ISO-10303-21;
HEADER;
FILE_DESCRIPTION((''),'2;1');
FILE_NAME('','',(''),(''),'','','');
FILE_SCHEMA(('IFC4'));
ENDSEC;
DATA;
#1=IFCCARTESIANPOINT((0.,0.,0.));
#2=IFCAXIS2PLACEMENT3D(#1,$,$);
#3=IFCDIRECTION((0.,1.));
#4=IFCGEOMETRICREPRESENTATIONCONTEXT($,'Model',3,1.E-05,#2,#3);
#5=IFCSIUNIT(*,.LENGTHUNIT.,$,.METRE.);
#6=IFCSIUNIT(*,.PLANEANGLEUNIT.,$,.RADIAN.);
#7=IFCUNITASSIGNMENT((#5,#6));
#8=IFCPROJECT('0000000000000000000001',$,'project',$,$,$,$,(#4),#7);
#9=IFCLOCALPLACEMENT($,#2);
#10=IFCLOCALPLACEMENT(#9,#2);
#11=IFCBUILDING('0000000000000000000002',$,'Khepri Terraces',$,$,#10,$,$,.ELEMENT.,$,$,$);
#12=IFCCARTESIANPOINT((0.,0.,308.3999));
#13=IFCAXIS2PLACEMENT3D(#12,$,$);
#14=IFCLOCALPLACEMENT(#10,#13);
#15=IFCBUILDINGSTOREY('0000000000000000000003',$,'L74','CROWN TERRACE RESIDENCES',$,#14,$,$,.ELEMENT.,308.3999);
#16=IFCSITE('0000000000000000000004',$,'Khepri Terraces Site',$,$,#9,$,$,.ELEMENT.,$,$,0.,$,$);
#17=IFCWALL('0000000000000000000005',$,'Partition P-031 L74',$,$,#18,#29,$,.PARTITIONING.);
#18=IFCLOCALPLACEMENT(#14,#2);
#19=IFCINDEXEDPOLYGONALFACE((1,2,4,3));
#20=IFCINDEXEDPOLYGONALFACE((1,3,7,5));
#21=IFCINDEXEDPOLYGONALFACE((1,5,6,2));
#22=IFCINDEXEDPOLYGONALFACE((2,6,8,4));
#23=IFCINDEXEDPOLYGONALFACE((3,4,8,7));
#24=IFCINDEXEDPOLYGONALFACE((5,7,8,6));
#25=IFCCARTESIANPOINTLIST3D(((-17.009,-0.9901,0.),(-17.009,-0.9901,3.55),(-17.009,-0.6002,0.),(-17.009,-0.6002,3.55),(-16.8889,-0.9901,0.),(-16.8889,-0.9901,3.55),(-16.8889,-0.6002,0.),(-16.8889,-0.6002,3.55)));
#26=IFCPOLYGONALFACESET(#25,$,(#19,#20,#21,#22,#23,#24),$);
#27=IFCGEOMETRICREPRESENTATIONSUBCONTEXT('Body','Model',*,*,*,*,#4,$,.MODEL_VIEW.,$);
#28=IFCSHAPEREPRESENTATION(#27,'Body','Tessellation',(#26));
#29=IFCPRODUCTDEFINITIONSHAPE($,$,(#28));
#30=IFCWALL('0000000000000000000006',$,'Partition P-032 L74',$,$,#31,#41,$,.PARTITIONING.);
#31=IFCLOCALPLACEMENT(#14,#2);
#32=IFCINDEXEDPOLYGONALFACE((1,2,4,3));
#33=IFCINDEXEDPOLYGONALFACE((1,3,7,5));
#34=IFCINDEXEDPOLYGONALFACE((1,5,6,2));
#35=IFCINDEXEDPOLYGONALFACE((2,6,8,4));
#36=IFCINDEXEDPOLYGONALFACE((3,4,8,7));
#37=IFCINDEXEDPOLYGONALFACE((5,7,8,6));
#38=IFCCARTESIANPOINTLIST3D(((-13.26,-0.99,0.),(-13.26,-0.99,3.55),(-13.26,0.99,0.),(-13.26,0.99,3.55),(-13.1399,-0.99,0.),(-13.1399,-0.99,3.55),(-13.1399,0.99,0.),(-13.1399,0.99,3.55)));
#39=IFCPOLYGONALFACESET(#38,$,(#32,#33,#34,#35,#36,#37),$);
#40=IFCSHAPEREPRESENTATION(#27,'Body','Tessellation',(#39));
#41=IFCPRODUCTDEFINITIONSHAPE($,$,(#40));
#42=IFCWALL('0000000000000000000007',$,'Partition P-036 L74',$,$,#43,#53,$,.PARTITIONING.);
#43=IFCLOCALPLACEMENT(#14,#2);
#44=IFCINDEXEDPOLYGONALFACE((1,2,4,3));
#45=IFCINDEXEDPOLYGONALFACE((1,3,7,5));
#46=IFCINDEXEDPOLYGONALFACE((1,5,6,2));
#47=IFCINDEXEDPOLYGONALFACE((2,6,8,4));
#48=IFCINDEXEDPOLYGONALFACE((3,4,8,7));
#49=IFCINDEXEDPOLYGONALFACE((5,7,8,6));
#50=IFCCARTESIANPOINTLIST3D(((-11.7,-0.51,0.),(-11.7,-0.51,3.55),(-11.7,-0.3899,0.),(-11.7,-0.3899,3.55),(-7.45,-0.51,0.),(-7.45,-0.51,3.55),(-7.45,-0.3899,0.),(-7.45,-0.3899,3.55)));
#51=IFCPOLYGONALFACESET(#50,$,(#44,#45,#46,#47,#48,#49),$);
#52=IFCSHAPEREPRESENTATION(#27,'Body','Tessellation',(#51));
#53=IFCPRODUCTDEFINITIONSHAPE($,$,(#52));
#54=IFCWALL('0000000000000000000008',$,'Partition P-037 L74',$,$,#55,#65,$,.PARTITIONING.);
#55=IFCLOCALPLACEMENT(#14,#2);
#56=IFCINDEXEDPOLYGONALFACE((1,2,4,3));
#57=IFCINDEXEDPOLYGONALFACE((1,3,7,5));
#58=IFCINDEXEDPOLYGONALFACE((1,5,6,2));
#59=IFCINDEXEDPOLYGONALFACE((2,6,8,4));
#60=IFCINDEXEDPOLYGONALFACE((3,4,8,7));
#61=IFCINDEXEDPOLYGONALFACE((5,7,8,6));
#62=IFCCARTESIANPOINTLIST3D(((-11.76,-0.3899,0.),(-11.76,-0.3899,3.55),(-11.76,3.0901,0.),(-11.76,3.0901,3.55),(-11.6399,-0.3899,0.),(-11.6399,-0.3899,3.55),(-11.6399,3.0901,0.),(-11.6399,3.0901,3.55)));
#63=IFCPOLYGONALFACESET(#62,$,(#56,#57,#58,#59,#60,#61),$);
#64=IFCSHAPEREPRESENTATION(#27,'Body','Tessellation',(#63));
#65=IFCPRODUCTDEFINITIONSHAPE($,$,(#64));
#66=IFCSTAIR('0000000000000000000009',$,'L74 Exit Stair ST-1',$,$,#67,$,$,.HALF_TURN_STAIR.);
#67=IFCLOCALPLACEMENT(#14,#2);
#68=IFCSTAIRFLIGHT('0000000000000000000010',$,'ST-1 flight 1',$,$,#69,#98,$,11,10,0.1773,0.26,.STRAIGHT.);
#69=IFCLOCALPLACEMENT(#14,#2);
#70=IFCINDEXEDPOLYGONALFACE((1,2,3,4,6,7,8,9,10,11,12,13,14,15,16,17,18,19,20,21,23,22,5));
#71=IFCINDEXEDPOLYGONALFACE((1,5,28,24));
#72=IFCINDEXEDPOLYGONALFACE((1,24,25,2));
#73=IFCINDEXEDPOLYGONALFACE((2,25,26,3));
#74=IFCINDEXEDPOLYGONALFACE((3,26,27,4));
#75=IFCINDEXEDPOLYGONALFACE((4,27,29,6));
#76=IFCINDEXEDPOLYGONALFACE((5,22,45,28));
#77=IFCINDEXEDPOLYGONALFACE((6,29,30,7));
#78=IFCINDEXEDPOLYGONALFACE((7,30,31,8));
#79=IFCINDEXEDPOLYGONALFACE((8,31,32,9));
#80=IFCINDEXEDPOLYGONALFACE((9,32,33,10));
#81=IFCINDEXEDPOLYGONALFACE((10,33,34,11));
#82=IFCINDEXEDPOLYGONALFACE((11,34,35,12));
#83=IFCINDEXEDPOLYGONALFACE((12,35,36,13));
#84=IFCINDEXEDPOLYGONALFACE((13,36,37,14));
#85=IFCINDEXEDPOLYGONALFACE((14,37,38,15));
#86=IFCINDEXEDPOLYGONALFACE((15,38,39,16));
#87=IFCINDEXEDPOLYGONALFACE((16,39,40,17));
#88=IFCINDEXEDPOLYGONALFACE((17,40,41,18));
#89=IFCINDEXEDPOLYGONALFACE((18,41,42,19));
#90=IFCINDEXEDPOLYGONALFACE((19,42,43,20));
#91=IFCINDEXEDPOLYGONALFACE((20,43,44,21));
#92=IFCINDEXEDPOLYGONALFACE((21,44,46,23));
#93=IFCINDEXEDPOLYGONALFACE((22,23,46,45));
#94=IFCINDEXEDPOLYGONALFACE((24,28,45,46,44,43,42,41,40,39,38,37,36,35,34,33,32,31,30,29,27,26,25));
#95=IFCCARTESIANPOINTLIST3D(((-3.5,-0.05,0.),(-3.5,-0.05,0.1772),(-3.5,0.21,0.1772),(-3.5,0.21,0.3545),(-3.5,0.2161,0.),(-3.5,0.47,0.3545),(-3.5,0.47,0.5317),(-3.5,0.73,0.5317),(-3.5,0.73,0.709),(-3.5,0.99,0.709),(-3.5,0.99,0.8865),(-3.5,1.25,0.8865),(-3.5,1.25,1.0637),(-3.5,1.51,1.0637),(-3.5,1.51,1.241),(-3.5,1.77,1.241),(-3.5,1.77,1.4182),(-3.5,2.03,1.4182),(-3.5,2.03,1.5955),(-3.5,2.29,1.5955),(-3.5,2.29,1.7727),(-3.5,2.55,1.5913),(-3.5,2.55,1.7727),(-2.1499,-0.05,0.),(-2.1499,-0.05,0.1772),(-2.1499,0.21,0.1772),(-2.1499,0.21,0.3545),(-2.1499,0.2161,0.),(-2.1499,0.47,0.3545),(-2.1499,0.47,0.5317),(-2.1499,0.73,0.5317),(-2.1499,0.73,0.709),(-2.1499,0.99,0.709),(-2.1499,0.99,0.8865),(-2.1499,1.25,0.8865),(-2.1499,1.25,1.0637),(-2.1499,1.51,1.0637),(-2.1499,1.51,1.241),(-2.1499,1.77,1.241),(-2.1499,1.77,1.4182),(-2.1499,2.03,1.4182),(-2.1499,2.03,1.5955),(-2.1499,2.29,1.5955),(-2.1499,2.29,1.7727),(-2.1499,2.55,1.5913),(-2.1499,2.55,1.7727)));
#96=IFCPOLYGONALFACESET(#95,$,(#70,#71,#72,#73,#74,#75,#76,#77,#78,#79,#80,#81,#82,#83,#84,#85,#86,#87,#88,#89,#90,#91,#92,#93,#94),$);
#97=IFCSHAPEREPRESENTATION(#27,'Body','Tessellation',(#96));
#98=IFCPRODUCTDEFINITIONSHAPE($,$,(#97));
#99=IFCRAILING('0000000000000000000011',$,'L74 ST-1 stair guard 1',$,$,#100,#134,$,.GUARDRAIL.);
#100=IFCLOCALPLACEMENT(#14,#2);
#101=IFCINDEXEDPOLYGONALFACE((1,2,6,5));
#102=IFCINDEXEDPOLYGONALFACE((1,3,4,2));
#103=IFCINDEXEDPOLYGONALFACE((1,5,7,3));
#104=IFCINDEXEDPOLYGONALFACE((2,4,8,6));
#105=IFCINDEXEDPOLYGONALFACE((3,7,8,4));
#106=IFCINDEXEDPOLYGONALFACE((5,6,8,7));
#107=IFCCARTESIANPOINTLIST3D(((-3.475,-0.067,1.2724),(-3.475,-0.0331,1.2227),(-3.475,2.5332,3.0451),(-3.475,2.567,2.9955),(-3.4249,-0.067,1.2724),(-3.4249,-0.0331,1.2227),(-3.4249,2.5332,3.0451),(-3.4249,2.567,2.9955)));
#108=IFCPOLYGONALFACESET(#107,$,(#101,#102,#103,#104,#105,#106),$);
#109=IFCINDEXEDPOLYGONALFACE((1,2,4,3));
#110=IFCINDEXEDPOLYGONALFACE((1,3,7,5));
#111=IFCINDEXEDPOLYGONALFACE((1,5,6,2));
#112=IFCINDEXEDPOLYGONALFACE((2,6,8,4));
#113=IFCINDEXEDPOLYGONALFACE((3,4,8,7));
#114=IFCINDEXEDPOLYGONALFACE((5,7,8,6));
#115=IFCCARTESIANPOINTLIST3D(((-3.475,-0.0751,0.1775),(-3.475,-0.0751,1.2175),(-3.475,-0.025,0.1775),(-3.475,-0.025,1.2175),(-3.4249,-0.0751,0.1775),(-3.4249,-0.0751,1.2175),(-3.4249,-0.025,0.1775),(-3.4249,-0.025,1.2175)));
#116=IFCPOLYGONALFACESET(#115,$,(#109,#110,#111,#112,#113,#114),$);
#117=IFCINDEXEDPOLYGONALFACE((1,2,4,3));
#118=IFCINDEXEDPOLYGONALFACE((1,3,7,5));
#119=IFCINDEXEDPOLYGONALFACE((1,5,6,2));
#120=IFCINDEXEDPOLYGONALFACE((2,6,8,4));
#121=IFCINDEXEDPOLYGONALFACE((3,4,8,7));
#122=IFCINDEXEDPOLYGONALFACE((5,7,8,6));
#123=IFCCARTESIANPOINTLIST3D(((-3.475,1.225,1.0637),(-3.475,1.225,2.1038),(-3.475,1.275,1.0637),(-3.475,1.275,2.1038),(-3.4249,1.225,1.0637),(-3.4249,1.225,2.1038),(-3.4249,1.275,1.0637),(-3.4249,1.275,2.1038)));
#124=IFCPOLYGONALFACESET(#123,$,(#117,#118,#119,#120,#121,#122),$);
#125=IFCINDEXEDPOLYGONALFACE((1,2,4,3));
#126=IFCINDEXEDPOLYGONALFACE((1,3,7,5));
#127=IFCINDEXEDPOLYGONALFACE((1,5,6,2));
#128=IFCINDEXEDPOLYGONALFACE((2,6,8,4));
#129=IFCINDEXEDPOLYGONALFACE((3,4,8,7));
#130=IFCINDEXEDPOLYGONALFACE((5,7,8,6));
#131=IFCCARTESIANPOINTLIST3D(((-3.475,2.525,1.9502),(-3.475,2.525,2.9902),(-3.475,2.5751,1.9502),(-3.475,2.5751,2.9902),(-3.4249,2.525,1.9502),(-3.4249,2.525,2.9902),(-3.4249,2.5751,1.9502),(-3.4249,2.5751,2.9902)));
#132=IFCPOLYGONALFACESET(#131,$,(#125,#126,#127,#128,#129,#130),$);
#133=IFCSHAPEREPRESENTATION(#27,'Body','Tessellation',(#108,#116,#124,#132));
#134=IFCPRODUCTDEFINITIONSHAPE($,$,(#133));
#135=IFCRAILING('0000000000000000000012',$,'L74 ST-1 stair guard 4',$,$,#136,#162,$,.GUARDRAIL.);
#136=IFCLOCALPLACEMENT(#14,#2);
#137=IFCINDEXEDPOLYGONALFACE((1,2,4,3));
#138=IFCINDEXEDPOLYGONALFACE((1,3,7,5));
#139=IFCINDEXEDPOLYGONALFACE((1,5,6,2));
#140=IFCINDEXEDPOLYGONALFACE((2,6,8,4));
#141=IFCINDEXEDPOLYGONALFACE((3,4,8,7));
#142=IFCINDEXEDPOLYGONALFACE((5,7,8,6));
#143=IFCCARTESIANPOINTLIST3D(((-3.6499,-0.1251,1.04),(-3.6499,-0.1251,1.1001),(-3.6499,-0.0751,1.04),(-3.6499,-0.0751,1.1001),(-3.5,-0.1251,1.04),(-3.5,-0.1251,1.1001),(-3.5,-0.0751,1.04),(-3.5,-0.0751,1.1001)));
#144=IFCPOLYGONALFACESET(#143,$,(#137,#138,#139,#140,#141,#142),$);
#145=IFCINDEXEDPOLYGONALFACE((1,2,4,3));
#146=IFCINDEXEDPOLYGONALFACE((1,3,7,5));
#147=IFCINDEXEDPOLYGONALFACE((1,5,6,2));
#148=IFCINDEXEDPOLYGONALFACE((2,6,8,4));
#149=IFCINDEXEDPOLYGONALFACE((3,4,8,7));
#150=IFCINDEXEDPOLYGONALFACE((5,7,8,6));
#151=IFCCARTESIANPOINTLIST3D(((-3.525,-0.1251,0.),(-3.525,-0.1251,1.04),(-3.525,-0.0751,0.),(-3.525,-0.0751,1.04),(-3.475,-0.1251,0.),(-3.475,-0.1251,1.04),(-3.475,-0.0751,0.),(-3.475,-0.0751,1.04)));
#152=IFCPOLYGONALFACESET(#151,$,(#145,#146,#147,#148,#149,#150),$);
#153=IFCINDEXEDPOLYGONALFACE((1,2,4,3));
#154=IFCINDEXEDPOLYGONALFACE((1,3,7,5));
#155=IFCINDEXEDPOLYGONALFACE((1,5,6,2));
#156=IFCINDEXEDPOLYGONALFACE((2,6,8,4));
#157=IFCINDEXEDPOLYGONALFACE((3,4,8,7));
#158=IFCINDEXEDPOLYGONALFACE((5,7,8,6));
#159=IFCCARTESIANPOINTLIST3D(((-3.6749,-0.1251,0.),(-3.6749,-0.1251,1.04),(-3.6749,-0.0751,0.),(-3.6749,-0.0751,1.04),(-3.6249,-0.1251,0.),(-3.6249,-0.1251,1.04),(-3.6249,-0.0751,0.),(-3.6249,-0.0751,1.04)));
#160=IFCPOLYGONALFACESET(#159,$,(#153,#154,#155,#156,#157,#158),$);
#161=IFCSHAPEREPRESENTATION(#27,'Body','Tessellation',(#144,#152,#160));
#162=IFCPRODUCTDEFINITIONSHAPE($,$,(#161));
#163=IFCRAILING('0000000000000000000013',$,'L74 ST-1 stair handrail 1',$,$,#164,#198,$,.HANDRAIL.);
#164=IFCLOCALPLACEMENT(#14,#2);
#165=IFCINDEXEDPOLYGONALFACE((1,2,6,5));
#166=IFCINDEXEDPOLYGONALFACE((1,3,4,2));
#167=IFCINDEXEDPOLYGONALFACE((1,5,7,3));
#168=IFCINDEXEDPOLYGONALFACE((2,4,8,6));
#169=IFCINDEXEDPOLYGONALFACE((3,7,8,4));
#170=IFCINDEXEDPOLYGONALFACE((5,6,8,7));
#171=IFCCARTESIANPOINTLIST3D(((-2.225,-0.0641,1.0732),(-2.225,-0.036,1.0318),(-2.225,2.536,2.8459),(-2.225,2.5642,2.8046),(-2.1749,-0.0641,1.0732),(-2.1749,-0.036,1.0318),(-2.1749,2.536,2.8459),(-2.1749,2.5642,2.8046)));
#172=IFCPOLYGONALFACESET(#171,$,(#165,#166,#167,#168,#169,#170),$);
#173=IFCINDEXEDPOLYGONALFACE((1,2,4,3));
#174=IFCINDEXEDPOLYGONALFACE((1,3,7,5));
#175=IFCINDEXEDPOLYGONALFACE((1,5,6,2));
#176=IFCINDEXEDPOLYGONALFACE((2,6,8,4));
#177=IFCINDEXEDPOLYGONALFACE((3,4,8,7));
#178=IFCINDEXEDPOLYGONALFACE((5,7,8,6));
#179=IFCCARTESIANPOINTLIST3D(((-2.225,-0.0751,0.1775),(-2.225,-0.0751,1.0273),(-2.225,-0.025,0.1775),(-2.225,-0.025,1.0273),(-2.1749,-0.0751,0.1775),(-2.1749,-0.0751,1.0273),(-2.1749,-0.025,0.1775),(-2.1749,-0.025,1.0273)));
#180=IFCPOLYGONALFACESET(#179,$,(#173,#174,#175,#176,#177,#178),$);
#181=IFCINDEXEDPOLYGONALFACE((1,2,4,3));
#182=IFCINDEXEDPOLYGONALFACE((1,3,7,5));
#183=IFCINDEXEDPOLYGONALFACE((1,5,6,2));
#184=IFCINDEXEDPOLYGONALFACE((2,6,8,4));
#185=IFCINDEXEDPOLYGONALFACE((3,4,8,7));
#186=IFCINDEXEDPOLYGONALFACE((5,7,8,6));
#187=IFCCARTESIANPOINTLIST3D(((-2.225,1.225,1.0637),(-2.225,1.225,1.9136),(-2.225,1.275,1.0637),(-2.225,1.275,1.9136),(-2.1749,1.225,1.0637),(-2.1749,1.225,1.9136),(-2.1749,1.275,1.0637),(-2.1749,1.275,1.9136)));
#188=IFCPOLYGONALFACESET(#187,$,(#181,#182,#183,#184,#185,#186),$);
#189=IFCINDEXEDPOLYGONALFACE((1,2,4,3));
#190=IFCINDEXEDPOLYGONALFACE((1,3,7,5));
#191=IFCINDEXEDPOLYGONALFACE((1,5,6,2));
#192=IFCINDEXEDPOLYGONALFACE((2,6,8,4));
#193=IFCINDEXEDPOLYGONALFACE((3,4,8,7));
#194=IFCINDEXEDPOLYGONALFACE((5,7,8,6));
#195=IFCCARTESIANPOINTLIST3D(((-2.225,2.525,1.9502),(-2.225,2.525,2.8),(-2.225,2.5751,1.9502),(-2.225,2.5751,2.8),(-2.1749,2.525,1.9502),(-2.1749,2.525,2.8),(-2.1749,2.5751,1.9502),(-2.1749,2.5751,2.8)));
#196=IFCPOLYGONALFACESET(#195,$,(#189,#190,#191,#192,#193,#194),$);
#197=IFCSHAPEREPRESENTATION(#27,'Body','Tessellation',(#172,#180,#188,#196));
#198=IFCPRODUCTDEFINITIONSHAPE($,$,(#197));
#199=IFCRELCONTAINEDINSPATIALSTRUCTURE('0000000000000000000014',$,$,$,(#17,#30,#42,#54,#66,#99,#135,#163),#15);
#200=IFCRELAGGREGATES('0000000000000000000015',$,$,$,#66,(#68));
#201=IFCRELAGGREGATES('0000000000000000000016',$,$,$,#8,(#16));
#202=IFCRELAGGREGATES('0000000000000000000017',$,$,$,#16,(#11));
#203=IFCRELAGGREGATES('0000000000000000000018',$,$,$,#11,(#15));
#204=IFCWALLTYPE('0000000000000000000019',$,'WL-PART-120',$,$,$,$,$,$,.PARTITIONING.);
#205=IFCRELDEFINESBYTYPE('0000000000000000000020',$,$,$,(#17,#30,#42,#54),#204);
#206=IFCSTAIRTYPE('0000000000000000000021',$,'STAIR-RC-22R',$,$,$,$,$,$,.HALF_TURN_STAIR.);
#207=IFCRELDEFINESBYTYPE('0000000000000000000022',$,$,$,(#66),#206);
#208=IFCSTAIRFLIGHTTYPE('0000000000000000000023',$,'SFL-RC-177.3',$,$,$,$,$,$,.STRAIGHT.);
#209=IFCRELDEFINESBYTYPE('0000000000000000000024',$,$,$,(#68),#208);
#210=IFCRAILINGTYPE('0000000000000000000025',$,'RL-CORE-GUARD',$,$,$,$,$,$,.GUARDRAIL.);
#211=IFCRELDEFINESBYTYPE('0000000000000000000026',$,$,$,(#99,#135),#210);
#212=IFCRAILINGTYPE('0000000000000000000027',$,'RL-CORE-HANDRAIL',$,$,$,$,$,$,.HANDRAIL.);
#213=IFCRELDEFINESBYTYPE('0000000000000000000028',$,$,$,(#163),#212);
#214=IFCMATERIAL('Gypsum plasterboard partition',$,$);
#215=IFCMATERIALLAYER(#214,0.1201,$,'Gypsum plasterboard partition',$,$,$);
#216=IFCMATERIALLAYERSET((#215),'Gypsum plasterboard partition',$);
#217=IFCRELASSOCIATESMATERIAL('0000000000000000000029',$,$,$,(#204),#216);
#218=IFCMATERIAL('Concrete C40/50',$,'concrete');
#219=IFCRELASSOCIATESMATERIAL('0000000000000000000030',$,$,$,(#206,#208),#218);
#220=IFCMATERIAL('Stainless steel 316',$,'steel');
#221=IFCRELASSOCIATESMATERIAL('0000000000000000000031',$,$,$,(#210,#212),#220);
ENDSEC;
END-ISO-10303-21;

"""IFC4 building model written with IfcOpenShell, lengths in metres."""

from ifc_helpers import new_model, si_unit, direction, frame, frame_2d, origin, origin_2d, place, context, subcontext, project, spatial, polyline, rectangle, outline, extrude, material, layer, layer_set, type_object, element, aggregate, save


model = new_model("IFC4")

# Units and contexts
model_context = context("Model", 3, precision=1e-05, world=origin(), true_north=direction((0.0, 1.0)))
body_context = subcontext(model_context, "Body", "Model", "MODEL_VIEW")
ifc_project = project(units=[si_unit("LENGTHUNIT", "METRE"), si_unit("PLANEANGLEUNIT", "RADIAN")], contexts=[model_context])

# Site, building, storey
site_placement = place(None, origin())
site = spatial("IfcSite", under=ifc_project, at=site_placement, Name="Khepri Terraces Site", CompositionType="ELEMENT", RefElevation=0.0)
building_placement = place(site_placement, origin())
building = spatial("IfcBuilding", under=site, at=building_placement, Name="Khepri Terraces", CompositionType="ELEMENT")
storey_placement = place(building_placement, frame((0.0, 0.0, 308.3999)))
storey = spatial("IfcBuildingStorey", under=building, at=storey_placement, Name="L74", Description="CROWN TERRACE RESIDENCES", CompositionType="ELEMENT", Elevation=308.3999)

# Shared definitions
ifc_material_1 = material(Name="Concrete C40/50", Category="concrete")

# Shared definitions
ifc_material_2 = material(Name="Gypsum plasterboard partition")
ifc_layer_1 = layer(ifc_material_2, 0.1201, Name="Gypsum plasterboard partition")
ifc_layer_set_1 = layer_set([ifc_layer_1], Name="Gypsum plasterboard partition")
wall_type_1 = type_object("IfcWallType", Name="WL-PART-120", PredefinedType="PARTITIONING", material=ifc_layer_set_1)

# Walls
wall_1_placement = place(storey_placement, frame((-16.949, -0.99, 0.0), z_axis=(0.0, 0.0, 1.0), x_axis=(0.0, 1.0, 0.0)))
element("IfcWall", 1, at=wall_1_placement, inside=storey, type_object=wall_type_1, Name="Partition P-031 L74", PredefinedType="PARTITIONING", context=body_context, shape_type="SweptSolid", body=[
    extrude(rectangle(XDim=0.3899, YDim=0.1201, at=frame_2d((0.1948, 0.0))), origin(), (0.0, 0.0, 1.0), 3.55),
])
wall_2_placement = place(storey_placement, frame((-13.2, -0.99, 0.0), z_axis=(0.0, 0.0, 1.0), x_axis=(0.0, 1.0, 0.0)))
element("IfcWall", 2, at=wall_2_placement, inside=storey, type_object=wall_type_1, Name="Partition P-032 L74", PredefinedType="PARTITIONING", context=body_context, shape_type="SweptSolid", body=[
    extrude(rectangle(XDim=1.98, YDim=0.1201, at=frame_2d((0.99, 0.0))), origin(), (0.0, 0.0, 1.0), 3.55),
])
wall_3_placement = place(storey_placement, frame((-11.7, -0.45, 0.0), z_axis=(0.0, 0.0, 1.0), x_axis=(1.0, 0.0, 0.0)))
element("IfcWall", 3, at=wall_3_placement, inside=storey, type_object=wall_type_1, Name="Partition P-036 L74", PredefinedType="PARTITIONING", context=body_context, shape_type="SweptSolid", body=[
    extrude(rectangle(XDim=4.25, YDim=0.1201, at=frame_2d((2.125, 0.0))), origin(), (0.0, 0.0, 1.0), 3.55),
])
wall_4_placement = place(storey_placement, frame((-11.7, -0.3899, 0.0), z_axis=(0.0, 0.0, 1.0), x_axis=(0.0, 1.0, 0.0)))
element("IfcWall", 4, at=wall_4_placement, inside=storey, type_object=wall_type_1, Name="Partition P-037 L74", PredefinedType="PARTITIONING", context=body_context, shape_type="SweptSolid", body=[
    extrude(rectangle(XDim=3.48, YDim=0.1201, at=frame_2d((1.74, 0.0))), origin(), (0.0, 0.0, 1.0), 3.55),
])

# Stair, stair flight
stair_type = type_object("IfcStairType", Name="STAIR-RC-22R", PredefinedType="HALF_TURN_STAIR", material=ifc_material_1)
stair_placement = place(storey_placement, origin())
stair = element("IfcStair", 5, at=stair_placement, inside=storey, type_object=stair_type, Name="L74 Exit Stair ST-1", PredefinedType="HALF_TURN_STAIR")
stair_flight_type = type_object("IfcStairFlightType", Name="SFL-RC-177.3", PredefinedType="STRAIGHT", material=ifc_material_1)
stair_flight_placement = place(storey_placement, frame((-2.825, -0.05, 0.0), z_axis=(0.0, 0.0, 1.0), x_axis=(0.0, 1.0, 0.0)))
stair_flight = element("IfcStairFlight", 6, at=stair_flight_placement, type_object=stair_flight_type, Name="ST-1 flight 1", NumberOfRisers=11, NumberOfTreads=10, PredefinedType="STRAIGHT", RiserHeight=0.1773, TreadLength=0.26, context=body_context, shape_type="SweptSolid", body=[
    extrude(outline(polyline([(0.0, 0.0), (0.0, 0.1772), (0.26, 0.1772), (0.26, 0.3545), (0.52, 0.3545), (0.52, 0.5317), (0.78, 0.5317), (0.78, 0.709), (1.04, 0.709), (1.04, 0.8865), (1.3, 0.8865), (1.3, 1.0637), (1.5601, 1.0637), (1.5601, 1.241), (1.8201, 1.241), (1.8201, 1.4182), (2.0801, 1.4182), (2.0801, 1.5955), (2.3401, 1.5955), (2.3401, 1.7727), (2.6001, 1.7727), (2.6001, 1.95), (2.6001, 1.5913), (0.2661, 0.0), (0.0, 0.0)])), frame((0.0, 0.675, 0.0), z_axis=(0.0, -1.0, 0.0), x_axis=(1.0, 0.0, 0.0)), (0.0, 0.0, 1.0), 1.3501),
])
aggregate(stair, [stair_flight])

# Railings
ifc_material_3 = material(Name="Stainless steel 316", Category="steel")
railing_type_1 = type_object("IfcRailingType", Name="RL-CORE-GUARD", PredefinedType="GUARDRAIL", material=ifc_material_3)
railing_1_placement = place(storey_placement, frame((-3.45, -0.05, 0.1775)))
element("IfcRailing", 7, at=railing_1_placement, inside=storey, type_object=railing_type_1, Name="L74 ST-1 stair guard 1", PredefinedType="GUARDRAIL", context=body_context, shape_type="SweptSolid", body=[
    extrude(rectangle(XDim=0.05, YDim=0.0601, at=origin_2d()), frame((0.0, 0.0, 1.0701), z_axis=(0.0, 0.82624, 0.563318), x_axis=(-1.0, 0.0, 0.0)), (0.0, 0.0, 1.0), 3.147),
    extrude(rectangle(XDim=0.05, YDim=0.05, at=origin_2d()), origin(), (0.0, 0.0, 1.0), 1.04),
    extrude(rectangle(XDim=0.05, YDim=0.05, at=origin_2d()), frame((0.0, 1.3, 0.8862)), (0.0, 0.0, 1.0), 1.04),
    extrude(rectangle(XDim=0.05, YDim=0.05, at=origin_2d()), frame((0.0, 2.6001, 1.7727)), (0.0, 0.0, 1.0), 1.04),
])
railing_2_placement = place(storey_placement, frame((-3.5, -0.1001, 0.0)))
element("IfcRailing", 8, at=railing_2_placement, inside=storey, type_object=railing_type_1, Name="L74 ST-1 stair guard 4", PredefinedType="GUARDRAIL", context=body_context, shape_type="SweptSolid", body=[
    extrude(rectangle(XDim=0.05, YDim=0.0601, at=origin_2d()), frame((0.0, 0.0, 1.0701), z_axis=(-1.0, 0.0, 0.0), x_axis=(0.0, -1.0, 0.0)), (0.0, 0.0, 1.0), 0.1499),
    extrude(rectangle(XDim=0.05, YDim=0.05, at=origin_2d()), origin(), (0.0, 0.0, 1.0), 1.04),
    extrude(rectangle(XDim=0.05, YDim=0.05, at=origin_2d()), frame((-0.1499, 0.0, 0.0)), (0.0, 0.0, 1.0), 1.04),
])
railing_type_2 = type_object("IfcRailingType", Name="RL-CORE-HANDRAIL", PredefinedType="HANDRAIL", material=ifc_material_3)
railing_3_placement = place(storey_placement, frame((-2.2, -0.05, 0.1775)))
element("IfcRailing", 9, at=railing_3_placement, inside=storey, type_object=railing_type_2, Name="L74 ST-1 stair handrail 1", PredefinedType="HANDRAIL", context=body_context, shape_type="SweptSolid", body=[
    extrude(rectangle(XDim=0.05, YDim=0.05, at=origin_2d()), frame((0.0, 0.0, 0.875), z_axis=(0.0, 0.82624, 0.563318), x_axis=(-1.0, 0.0, 0.0)), (0.0, 0.0, 1.0), 3.147),
    extrude(rectangle(XDim=0.05, YDim=0.05, at=origin_2d()), origin(), (0.0, 0.0, 1.0), 0.8499),
    extrude(rectangle(XDim=0.05, YDim=0.05, at=origin_2d()), frame((0.0, 1.3, 0.8862)), (0.0, 0.0, 1.0), 0.8499),
    extrude(rectangle(XDim=0.05, YDim=0.05, at=origin_2d()), frame((0.0, 2.6001, 1.7727)), (0.0, 0.0, 1.0), 0.8499),
])

save(model, "model.ifc")
